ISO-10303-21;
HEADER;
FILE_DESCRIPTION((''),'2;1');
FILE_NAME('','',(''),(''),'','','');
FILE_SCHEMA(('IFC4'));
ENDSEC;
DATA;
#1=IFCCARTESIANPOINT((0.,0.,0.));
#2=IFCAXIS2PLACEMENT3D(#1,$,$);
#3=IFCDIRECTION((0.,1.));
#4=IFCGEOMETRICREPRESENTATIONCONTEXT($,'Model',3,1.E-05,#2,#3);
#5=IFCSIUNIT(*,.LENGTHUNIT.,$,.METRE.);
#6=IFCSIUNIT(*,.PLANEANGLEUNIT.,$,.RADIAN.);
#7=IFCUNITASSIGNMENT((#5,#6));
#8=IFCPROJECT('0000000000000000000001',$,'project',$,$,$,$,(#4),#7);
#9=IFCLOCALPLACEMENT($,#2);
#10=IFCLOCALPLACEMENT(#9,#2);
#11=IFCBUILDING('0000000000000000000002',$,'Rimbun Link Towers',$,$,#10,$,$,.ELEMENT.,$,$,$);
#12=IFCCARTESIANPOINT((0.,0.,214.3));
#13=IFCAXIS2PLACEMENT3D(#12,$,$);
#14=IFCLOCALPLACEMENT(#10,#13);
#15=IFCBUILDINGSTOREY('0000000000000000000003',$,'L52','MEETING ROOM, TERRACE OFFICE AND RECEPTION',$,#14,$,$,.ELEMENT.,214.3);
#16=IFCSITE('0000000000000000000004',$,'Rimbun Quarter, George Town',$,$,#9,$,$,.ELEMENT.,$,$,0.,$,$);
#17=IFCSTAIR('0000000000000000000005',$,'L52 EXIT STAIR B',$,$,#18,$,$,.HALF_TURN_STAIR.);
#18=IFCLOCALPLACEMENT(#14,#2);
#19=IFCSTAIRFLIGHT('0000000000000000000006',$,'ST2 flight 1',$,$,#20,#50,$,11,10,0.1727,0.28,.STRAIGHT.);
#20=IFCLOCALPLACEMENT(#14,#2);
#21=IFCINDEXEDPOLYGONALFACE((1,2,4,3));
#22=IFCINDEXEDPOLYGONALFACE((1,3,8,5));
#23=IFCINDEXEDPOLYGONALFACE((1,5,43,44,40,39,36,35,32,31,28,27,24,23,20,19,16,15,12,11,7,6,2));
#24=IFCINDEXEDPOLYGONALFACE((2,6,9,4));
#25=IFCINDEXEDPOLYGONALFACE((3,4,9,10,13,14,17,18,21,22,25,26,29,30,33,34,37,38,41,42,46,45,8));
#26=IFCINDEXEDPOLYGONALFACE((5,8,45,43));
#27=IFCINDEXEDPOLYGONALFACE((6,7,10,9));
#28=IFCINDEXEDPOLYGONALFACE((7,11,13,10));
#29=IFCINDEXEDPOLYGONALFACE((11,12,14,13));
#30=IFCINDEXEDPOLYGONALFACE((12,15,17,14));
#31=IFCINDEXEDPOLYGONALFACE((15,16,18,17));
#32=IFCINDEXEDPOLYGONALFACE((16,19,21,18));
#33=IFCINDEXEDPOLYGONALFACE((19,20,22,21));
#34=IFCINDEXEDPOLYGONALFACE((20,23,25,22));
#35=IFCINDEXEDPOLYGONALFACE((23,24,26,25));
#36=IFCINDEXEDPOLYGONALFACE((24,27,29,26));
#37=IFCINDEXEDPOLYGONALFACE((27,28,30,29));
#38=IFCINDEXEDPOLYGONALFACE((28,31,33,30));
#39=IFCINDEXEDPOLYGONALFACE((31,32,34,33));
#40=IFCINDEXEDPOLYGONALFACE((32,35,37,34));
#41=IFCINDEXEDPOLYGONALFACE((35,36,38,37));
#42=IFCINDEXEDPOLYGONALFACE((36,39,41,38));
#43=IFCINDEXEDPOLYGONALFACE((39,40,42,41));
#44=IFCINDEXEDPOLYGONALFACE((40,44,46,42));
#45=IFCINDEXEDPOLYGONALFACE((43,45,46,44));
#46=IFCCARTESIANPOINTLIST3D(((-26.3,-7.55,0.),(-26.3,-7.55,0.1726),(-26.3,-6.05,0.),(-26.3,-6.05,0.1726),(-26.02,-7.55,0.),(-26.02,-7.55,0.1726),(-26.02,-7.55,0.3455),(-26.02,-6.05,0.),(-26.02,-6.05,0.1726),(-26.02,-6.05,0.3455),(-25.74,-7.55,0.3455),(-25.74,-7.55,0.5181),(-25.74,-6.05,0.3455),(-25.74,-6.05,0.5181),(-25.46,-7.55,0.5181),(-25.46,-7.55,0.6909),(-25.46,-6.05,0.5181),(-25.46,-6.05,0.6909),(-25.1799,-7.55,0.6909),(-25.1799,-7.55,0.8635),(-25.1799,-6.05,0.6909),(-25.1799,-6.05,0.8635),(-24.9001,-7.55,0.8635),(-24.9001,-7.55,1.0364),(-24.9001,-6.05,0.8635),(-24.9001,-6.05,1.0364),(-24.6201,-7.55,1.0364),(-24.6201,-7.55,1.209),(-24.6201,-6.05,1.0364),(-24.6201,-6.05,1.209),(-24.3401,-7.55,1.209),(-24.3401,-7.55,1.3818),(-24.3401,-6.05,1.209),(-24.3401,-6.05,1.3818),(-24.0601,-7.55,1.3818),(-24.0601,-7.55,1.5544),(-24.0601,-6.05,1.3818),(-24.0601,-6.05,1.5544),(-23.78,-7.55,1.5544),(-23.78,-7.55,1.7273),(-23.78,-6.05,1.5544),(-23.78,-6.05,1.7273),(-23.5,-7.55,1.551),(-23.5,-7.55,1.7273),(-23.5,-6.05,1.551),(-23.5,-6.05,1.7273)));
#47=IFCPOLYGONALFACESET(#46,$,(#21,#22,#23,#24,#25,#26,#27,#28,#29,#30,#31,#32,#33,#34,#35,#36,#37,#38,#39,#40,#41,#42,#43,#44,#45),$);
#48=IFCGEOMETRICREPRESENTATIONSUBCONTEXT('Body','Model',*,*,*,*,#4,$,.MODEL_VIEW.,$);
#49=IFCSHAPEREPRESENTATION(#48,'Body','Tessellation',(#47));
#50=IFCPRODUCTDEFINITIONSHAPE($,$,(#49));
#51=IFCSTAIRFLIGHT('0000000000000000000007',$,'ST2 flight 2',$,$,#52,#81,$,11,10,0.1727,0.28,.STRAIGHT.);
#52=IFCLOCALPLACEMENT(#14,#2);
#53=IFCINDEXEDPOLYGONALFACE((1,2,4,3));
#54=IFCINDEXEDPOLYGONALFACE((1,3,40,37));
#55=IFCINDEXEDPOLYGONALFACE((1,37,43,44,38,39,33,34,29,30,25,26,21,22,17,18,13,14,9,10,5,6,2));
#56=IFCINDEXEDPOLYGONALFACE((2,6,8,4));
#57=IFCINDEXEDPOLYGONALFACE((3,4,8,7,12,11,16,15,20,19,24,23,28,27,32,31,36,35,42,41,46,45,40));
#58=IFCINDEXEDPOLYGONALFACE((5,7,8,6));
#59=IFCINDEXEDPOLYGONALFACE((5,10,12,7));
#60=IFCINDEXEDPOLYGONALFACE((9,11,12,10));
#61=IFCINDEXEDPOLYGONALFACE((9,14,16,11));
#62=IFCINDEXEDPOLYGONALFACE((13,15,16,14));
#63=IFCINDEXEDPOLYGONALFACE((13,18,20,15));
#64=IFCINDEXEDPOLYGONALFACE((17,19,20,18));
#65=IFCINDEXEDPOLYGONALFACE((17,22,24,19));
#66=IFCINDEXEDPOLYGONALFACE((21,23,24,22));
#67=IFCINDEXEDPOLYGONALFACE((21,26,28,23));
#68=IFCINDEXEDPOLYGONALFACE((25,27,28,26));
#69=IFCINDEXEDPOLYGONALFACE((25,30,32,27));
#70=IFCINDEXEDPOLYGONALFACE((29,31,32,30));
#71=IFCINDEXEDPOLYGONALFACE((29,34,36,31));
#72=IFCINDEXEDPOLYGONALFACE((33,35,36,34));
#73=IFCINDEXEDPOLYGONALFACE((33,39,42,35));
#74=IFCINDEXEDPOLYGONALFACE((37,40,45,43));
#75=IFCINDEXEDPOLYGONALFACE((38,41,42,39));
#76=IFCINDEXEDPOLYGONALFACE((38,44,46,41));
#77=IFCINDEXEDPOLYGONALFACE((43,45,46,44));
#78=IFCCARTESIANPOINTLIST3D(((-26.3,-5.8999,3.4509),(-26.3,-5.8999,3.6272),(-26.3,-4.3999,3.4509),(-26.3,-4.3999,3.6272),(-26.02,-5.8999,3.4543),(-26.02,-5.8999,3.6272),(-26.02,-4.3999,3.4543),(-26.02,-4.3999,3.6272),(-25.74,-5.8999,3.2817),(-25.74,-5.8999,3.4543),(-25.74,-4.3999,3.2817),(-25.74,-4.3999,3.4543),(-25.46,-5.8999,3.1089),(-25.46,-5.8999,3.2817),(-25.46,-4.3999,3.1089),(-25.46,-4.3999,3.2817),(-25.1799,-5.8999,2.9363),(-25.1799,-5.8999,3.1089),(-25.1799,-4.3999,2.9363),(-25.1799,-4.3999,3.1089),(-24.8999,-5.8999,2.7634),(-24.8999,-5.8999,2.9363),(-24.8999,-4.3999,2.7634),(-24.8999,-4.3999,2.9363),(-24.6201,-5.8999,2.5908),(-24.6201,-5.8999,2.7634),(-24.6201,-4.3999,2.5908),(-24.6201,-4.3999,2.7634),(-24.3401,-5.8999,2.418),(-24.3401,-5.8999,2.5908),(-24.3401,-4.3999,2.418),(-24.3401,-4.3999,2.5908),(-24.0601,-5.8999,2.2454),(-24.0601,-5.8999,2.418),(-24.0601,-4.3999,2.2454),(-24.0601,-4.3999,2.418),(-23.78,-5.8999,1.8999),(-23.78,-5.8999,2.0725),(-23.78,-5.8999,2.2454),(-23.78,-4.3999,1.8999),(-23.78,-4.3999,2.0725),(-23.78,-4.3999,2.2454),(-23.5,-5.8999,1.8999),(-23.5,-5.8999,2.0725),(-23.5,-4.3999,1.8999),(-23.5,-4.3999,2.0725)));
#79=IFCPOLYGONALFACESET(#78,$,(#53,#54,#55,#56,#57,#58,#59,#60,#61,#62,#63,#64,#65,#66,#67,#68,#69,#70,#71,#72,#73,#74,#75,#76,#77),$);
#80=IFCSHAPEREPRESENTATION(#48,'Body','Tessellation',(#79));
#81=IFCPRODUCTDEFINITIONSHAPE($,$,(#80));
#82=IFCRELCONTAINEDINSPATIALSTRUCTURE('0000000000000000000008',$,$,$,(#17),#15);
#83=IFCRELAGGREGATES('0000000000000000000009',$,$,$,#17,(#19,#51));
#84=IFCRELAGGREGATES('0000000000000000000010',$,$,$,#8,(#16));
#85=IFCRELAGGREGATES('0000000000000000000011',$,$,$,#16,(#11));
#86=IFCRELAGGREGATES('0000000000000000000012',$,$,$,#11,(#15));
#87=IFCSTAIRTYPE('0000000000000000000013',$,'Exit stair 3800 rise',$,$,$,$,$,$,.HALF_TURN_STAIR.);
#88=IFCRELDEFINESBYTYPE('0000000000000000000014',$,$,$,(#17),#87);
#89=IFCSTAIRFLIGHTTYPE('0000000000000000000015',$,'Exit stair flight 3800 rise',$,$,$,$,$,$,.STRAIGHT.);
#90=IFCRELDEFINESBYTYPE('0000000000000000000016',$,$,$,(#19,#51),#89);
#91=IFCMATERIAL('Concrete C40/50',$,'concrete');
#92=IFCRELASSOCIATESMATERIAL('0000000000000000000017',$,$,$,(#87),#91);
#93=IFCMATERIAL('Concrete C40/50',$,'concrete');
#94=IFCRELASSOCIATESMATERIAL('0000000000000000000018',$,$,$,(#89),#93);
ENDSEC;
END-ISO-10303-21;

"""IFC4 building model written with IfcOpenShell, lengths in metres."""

from ifc_helpers import new_model, si_unit, direction, frame, origin, place, context, subcontext, project, spatial, polyline, outline, extrude, material, type_object, element, aggregate, save


model = new_model("IFC4")

# Units and contexts
model_context = context("Model", 3, precision=1e-05, world=origin(), true_north=direction((0.0, 1.0)))
body_context = subcontext(model_context, "Body", "Model", "MODEL_VIEW")
ifc_project = project(units=[si_unit("LENGTHUNIT", "METRE"), si_unit("PLANEANGLEUNIT", "RADIAN")], contexts=[model_context])

# Site, building, storey
site_placement = place(None, origin())
site = spatial("IfcSite", under=ifc_project, at=site_placement, Name="Rimbun Quarter, George Town", CompositionType="ELEMENT", RefElevation=0.0)
building_placement = place(site_placement, origin())
building = spatial("IfcBuilding", under=site, at=building_placement, Name="Rimbun Link Towers", CompositionType="ELEMENT")
storey_placement = place(building_placement, frame((0.0, 0.0, 214.3)))
storey = spatial("IfcBuildingStorey", under=building, at=storey_placement, Name="L52", Description="MEETING ROOM, TERRACE OFFICE AND RECEPTION", CompositionType="ELEMENT", Elevation=214.3)

# Stair, stair flights
ifc_material_1 = material(Name="Concrete C40/50", Category="concrete")
stair_type = type_object("IfcStairType", Name="Exit stair 3800 rise", PredefinedType="HALF_TURN_STAIR", material=ifc_material_1)
stair_placement = place(storey_placement, origin())
stair = element("IfcStair", 1, at=stair_placement, inside=storey, type_object=stair_type, Name="L52 EXIT STAIR B", PredefinedType="HALF_TURN_STAIR")
ifc_material_2 = material(Name="Concrete C40/50", Category="concrete")
stair_flight_type = type_object("IfcStairFlightType", Name="Exit stair flight 3800 rise", PredefinedType="STRAIGHT", material=ifc_material_2)
stair_flight_1_placement = place(storey_placement, frame((-26.3, -6.8, 0.0), z_axis=(0.0, 0.0, 1.0), x_axis=(1.0, 0.0, 0.0)))
stair_flight_1 = element("IfcStairFlight", 2, at=stair_flight_1_placement, type_object=stair_flight_type, Name="ST2 flight 1", NumberOfRisers=11, NumberOfTreads=10, PredefinedType="STRAIGHT", RiserHeight=0.1727, TreadLength=0.28, context=body_context, shape_type="SweptSolid", body=[
    extrude(outline(polyline([(0.0, 0.0), (0.0, 0.1726), (0.28, 0.1726), (0.28, 0.3455), (0.5601, 0.3455), (0.5601, 0.5181), (0.8401, 0.5181), (0.8401, 0.6909), (1.1201, 0.6909), (1.1201, 0.8635), (1.3999, 0.8635), (1.3999, 1.0364), (1.6799, 1.0364), (1.6799, 1.209), (1.96, 1.209), (1.96, 1.3818), (2.24, 1.3818), (2.24, 1.5544), (2.52, 1.5544), (2.52, 1.7273), (2.8, 1.7273), (2.8, 1.8999), (2.8, 1.551), (0.28, 0.0), (0.0, 0.0)])), frame((0.0, 0.75, 0.0), z_axis=(0.0, -1.0, 0.0), x_axis=(1.0, 0.0, 0.0)), (0.0, 0.0, 1.0), 1.5),
])
stair_flight_2_placement = place(storey_placement, frame((-23.5, -5.1499, 1.8999), z_axis=(0.0, 0.0, 1.0), x_axis=(-1.0, 0.0, 0.0)))
stair_flight_2 = element("IfcStairFlight", 3, at=stair_flight_2_placement, type_object=stair_flight_type, Name="ST2 flight 2", NumberOfRisers=11, NumberOfTreads=10, PredefinedType="STRAIGHT", RiserHeight=0.1727, TreadLength=0.28, context=body_context, shape_type="SweptSolid", body=[
    extrude(outline(polyline([(0.0, 0.0), (0.0, 0.1726), (0.28, 0.1726), (0.28, 0.3455), (0.5601, 0.3455), (0.5601, 0.5181), (0.8401, 0.5181), (0.8401, 0.6909), (1.1201, 0.6909), (1.1201, 0.8635), (1.3999, 0.8635), (1.3999, 1.0364), (1.6799, 1.0364), (1.6799, 1.209), (1.96, 1.209), (1.96, 1.3818), (2.24, 1.3818), (2.24, 1.5544), (2.52, 1.5544), (2.52, 1.7273), (2.8, 1.7273), (2.8, 1.8999), (2.8, 1.551), (0.28, 0.0), (0.0, 0.0)])), frame((0.0, 0.75, 0.0), z_axis=(0.0, -1.0, 0.0), x_axis=(1.0, 0.0, 0.0)), (0.0, 0.0, 1.0), 1.5),
])
aggregate(stair, [stair_flight_1, stair_flight_2])

save(model, "model.ifc")
